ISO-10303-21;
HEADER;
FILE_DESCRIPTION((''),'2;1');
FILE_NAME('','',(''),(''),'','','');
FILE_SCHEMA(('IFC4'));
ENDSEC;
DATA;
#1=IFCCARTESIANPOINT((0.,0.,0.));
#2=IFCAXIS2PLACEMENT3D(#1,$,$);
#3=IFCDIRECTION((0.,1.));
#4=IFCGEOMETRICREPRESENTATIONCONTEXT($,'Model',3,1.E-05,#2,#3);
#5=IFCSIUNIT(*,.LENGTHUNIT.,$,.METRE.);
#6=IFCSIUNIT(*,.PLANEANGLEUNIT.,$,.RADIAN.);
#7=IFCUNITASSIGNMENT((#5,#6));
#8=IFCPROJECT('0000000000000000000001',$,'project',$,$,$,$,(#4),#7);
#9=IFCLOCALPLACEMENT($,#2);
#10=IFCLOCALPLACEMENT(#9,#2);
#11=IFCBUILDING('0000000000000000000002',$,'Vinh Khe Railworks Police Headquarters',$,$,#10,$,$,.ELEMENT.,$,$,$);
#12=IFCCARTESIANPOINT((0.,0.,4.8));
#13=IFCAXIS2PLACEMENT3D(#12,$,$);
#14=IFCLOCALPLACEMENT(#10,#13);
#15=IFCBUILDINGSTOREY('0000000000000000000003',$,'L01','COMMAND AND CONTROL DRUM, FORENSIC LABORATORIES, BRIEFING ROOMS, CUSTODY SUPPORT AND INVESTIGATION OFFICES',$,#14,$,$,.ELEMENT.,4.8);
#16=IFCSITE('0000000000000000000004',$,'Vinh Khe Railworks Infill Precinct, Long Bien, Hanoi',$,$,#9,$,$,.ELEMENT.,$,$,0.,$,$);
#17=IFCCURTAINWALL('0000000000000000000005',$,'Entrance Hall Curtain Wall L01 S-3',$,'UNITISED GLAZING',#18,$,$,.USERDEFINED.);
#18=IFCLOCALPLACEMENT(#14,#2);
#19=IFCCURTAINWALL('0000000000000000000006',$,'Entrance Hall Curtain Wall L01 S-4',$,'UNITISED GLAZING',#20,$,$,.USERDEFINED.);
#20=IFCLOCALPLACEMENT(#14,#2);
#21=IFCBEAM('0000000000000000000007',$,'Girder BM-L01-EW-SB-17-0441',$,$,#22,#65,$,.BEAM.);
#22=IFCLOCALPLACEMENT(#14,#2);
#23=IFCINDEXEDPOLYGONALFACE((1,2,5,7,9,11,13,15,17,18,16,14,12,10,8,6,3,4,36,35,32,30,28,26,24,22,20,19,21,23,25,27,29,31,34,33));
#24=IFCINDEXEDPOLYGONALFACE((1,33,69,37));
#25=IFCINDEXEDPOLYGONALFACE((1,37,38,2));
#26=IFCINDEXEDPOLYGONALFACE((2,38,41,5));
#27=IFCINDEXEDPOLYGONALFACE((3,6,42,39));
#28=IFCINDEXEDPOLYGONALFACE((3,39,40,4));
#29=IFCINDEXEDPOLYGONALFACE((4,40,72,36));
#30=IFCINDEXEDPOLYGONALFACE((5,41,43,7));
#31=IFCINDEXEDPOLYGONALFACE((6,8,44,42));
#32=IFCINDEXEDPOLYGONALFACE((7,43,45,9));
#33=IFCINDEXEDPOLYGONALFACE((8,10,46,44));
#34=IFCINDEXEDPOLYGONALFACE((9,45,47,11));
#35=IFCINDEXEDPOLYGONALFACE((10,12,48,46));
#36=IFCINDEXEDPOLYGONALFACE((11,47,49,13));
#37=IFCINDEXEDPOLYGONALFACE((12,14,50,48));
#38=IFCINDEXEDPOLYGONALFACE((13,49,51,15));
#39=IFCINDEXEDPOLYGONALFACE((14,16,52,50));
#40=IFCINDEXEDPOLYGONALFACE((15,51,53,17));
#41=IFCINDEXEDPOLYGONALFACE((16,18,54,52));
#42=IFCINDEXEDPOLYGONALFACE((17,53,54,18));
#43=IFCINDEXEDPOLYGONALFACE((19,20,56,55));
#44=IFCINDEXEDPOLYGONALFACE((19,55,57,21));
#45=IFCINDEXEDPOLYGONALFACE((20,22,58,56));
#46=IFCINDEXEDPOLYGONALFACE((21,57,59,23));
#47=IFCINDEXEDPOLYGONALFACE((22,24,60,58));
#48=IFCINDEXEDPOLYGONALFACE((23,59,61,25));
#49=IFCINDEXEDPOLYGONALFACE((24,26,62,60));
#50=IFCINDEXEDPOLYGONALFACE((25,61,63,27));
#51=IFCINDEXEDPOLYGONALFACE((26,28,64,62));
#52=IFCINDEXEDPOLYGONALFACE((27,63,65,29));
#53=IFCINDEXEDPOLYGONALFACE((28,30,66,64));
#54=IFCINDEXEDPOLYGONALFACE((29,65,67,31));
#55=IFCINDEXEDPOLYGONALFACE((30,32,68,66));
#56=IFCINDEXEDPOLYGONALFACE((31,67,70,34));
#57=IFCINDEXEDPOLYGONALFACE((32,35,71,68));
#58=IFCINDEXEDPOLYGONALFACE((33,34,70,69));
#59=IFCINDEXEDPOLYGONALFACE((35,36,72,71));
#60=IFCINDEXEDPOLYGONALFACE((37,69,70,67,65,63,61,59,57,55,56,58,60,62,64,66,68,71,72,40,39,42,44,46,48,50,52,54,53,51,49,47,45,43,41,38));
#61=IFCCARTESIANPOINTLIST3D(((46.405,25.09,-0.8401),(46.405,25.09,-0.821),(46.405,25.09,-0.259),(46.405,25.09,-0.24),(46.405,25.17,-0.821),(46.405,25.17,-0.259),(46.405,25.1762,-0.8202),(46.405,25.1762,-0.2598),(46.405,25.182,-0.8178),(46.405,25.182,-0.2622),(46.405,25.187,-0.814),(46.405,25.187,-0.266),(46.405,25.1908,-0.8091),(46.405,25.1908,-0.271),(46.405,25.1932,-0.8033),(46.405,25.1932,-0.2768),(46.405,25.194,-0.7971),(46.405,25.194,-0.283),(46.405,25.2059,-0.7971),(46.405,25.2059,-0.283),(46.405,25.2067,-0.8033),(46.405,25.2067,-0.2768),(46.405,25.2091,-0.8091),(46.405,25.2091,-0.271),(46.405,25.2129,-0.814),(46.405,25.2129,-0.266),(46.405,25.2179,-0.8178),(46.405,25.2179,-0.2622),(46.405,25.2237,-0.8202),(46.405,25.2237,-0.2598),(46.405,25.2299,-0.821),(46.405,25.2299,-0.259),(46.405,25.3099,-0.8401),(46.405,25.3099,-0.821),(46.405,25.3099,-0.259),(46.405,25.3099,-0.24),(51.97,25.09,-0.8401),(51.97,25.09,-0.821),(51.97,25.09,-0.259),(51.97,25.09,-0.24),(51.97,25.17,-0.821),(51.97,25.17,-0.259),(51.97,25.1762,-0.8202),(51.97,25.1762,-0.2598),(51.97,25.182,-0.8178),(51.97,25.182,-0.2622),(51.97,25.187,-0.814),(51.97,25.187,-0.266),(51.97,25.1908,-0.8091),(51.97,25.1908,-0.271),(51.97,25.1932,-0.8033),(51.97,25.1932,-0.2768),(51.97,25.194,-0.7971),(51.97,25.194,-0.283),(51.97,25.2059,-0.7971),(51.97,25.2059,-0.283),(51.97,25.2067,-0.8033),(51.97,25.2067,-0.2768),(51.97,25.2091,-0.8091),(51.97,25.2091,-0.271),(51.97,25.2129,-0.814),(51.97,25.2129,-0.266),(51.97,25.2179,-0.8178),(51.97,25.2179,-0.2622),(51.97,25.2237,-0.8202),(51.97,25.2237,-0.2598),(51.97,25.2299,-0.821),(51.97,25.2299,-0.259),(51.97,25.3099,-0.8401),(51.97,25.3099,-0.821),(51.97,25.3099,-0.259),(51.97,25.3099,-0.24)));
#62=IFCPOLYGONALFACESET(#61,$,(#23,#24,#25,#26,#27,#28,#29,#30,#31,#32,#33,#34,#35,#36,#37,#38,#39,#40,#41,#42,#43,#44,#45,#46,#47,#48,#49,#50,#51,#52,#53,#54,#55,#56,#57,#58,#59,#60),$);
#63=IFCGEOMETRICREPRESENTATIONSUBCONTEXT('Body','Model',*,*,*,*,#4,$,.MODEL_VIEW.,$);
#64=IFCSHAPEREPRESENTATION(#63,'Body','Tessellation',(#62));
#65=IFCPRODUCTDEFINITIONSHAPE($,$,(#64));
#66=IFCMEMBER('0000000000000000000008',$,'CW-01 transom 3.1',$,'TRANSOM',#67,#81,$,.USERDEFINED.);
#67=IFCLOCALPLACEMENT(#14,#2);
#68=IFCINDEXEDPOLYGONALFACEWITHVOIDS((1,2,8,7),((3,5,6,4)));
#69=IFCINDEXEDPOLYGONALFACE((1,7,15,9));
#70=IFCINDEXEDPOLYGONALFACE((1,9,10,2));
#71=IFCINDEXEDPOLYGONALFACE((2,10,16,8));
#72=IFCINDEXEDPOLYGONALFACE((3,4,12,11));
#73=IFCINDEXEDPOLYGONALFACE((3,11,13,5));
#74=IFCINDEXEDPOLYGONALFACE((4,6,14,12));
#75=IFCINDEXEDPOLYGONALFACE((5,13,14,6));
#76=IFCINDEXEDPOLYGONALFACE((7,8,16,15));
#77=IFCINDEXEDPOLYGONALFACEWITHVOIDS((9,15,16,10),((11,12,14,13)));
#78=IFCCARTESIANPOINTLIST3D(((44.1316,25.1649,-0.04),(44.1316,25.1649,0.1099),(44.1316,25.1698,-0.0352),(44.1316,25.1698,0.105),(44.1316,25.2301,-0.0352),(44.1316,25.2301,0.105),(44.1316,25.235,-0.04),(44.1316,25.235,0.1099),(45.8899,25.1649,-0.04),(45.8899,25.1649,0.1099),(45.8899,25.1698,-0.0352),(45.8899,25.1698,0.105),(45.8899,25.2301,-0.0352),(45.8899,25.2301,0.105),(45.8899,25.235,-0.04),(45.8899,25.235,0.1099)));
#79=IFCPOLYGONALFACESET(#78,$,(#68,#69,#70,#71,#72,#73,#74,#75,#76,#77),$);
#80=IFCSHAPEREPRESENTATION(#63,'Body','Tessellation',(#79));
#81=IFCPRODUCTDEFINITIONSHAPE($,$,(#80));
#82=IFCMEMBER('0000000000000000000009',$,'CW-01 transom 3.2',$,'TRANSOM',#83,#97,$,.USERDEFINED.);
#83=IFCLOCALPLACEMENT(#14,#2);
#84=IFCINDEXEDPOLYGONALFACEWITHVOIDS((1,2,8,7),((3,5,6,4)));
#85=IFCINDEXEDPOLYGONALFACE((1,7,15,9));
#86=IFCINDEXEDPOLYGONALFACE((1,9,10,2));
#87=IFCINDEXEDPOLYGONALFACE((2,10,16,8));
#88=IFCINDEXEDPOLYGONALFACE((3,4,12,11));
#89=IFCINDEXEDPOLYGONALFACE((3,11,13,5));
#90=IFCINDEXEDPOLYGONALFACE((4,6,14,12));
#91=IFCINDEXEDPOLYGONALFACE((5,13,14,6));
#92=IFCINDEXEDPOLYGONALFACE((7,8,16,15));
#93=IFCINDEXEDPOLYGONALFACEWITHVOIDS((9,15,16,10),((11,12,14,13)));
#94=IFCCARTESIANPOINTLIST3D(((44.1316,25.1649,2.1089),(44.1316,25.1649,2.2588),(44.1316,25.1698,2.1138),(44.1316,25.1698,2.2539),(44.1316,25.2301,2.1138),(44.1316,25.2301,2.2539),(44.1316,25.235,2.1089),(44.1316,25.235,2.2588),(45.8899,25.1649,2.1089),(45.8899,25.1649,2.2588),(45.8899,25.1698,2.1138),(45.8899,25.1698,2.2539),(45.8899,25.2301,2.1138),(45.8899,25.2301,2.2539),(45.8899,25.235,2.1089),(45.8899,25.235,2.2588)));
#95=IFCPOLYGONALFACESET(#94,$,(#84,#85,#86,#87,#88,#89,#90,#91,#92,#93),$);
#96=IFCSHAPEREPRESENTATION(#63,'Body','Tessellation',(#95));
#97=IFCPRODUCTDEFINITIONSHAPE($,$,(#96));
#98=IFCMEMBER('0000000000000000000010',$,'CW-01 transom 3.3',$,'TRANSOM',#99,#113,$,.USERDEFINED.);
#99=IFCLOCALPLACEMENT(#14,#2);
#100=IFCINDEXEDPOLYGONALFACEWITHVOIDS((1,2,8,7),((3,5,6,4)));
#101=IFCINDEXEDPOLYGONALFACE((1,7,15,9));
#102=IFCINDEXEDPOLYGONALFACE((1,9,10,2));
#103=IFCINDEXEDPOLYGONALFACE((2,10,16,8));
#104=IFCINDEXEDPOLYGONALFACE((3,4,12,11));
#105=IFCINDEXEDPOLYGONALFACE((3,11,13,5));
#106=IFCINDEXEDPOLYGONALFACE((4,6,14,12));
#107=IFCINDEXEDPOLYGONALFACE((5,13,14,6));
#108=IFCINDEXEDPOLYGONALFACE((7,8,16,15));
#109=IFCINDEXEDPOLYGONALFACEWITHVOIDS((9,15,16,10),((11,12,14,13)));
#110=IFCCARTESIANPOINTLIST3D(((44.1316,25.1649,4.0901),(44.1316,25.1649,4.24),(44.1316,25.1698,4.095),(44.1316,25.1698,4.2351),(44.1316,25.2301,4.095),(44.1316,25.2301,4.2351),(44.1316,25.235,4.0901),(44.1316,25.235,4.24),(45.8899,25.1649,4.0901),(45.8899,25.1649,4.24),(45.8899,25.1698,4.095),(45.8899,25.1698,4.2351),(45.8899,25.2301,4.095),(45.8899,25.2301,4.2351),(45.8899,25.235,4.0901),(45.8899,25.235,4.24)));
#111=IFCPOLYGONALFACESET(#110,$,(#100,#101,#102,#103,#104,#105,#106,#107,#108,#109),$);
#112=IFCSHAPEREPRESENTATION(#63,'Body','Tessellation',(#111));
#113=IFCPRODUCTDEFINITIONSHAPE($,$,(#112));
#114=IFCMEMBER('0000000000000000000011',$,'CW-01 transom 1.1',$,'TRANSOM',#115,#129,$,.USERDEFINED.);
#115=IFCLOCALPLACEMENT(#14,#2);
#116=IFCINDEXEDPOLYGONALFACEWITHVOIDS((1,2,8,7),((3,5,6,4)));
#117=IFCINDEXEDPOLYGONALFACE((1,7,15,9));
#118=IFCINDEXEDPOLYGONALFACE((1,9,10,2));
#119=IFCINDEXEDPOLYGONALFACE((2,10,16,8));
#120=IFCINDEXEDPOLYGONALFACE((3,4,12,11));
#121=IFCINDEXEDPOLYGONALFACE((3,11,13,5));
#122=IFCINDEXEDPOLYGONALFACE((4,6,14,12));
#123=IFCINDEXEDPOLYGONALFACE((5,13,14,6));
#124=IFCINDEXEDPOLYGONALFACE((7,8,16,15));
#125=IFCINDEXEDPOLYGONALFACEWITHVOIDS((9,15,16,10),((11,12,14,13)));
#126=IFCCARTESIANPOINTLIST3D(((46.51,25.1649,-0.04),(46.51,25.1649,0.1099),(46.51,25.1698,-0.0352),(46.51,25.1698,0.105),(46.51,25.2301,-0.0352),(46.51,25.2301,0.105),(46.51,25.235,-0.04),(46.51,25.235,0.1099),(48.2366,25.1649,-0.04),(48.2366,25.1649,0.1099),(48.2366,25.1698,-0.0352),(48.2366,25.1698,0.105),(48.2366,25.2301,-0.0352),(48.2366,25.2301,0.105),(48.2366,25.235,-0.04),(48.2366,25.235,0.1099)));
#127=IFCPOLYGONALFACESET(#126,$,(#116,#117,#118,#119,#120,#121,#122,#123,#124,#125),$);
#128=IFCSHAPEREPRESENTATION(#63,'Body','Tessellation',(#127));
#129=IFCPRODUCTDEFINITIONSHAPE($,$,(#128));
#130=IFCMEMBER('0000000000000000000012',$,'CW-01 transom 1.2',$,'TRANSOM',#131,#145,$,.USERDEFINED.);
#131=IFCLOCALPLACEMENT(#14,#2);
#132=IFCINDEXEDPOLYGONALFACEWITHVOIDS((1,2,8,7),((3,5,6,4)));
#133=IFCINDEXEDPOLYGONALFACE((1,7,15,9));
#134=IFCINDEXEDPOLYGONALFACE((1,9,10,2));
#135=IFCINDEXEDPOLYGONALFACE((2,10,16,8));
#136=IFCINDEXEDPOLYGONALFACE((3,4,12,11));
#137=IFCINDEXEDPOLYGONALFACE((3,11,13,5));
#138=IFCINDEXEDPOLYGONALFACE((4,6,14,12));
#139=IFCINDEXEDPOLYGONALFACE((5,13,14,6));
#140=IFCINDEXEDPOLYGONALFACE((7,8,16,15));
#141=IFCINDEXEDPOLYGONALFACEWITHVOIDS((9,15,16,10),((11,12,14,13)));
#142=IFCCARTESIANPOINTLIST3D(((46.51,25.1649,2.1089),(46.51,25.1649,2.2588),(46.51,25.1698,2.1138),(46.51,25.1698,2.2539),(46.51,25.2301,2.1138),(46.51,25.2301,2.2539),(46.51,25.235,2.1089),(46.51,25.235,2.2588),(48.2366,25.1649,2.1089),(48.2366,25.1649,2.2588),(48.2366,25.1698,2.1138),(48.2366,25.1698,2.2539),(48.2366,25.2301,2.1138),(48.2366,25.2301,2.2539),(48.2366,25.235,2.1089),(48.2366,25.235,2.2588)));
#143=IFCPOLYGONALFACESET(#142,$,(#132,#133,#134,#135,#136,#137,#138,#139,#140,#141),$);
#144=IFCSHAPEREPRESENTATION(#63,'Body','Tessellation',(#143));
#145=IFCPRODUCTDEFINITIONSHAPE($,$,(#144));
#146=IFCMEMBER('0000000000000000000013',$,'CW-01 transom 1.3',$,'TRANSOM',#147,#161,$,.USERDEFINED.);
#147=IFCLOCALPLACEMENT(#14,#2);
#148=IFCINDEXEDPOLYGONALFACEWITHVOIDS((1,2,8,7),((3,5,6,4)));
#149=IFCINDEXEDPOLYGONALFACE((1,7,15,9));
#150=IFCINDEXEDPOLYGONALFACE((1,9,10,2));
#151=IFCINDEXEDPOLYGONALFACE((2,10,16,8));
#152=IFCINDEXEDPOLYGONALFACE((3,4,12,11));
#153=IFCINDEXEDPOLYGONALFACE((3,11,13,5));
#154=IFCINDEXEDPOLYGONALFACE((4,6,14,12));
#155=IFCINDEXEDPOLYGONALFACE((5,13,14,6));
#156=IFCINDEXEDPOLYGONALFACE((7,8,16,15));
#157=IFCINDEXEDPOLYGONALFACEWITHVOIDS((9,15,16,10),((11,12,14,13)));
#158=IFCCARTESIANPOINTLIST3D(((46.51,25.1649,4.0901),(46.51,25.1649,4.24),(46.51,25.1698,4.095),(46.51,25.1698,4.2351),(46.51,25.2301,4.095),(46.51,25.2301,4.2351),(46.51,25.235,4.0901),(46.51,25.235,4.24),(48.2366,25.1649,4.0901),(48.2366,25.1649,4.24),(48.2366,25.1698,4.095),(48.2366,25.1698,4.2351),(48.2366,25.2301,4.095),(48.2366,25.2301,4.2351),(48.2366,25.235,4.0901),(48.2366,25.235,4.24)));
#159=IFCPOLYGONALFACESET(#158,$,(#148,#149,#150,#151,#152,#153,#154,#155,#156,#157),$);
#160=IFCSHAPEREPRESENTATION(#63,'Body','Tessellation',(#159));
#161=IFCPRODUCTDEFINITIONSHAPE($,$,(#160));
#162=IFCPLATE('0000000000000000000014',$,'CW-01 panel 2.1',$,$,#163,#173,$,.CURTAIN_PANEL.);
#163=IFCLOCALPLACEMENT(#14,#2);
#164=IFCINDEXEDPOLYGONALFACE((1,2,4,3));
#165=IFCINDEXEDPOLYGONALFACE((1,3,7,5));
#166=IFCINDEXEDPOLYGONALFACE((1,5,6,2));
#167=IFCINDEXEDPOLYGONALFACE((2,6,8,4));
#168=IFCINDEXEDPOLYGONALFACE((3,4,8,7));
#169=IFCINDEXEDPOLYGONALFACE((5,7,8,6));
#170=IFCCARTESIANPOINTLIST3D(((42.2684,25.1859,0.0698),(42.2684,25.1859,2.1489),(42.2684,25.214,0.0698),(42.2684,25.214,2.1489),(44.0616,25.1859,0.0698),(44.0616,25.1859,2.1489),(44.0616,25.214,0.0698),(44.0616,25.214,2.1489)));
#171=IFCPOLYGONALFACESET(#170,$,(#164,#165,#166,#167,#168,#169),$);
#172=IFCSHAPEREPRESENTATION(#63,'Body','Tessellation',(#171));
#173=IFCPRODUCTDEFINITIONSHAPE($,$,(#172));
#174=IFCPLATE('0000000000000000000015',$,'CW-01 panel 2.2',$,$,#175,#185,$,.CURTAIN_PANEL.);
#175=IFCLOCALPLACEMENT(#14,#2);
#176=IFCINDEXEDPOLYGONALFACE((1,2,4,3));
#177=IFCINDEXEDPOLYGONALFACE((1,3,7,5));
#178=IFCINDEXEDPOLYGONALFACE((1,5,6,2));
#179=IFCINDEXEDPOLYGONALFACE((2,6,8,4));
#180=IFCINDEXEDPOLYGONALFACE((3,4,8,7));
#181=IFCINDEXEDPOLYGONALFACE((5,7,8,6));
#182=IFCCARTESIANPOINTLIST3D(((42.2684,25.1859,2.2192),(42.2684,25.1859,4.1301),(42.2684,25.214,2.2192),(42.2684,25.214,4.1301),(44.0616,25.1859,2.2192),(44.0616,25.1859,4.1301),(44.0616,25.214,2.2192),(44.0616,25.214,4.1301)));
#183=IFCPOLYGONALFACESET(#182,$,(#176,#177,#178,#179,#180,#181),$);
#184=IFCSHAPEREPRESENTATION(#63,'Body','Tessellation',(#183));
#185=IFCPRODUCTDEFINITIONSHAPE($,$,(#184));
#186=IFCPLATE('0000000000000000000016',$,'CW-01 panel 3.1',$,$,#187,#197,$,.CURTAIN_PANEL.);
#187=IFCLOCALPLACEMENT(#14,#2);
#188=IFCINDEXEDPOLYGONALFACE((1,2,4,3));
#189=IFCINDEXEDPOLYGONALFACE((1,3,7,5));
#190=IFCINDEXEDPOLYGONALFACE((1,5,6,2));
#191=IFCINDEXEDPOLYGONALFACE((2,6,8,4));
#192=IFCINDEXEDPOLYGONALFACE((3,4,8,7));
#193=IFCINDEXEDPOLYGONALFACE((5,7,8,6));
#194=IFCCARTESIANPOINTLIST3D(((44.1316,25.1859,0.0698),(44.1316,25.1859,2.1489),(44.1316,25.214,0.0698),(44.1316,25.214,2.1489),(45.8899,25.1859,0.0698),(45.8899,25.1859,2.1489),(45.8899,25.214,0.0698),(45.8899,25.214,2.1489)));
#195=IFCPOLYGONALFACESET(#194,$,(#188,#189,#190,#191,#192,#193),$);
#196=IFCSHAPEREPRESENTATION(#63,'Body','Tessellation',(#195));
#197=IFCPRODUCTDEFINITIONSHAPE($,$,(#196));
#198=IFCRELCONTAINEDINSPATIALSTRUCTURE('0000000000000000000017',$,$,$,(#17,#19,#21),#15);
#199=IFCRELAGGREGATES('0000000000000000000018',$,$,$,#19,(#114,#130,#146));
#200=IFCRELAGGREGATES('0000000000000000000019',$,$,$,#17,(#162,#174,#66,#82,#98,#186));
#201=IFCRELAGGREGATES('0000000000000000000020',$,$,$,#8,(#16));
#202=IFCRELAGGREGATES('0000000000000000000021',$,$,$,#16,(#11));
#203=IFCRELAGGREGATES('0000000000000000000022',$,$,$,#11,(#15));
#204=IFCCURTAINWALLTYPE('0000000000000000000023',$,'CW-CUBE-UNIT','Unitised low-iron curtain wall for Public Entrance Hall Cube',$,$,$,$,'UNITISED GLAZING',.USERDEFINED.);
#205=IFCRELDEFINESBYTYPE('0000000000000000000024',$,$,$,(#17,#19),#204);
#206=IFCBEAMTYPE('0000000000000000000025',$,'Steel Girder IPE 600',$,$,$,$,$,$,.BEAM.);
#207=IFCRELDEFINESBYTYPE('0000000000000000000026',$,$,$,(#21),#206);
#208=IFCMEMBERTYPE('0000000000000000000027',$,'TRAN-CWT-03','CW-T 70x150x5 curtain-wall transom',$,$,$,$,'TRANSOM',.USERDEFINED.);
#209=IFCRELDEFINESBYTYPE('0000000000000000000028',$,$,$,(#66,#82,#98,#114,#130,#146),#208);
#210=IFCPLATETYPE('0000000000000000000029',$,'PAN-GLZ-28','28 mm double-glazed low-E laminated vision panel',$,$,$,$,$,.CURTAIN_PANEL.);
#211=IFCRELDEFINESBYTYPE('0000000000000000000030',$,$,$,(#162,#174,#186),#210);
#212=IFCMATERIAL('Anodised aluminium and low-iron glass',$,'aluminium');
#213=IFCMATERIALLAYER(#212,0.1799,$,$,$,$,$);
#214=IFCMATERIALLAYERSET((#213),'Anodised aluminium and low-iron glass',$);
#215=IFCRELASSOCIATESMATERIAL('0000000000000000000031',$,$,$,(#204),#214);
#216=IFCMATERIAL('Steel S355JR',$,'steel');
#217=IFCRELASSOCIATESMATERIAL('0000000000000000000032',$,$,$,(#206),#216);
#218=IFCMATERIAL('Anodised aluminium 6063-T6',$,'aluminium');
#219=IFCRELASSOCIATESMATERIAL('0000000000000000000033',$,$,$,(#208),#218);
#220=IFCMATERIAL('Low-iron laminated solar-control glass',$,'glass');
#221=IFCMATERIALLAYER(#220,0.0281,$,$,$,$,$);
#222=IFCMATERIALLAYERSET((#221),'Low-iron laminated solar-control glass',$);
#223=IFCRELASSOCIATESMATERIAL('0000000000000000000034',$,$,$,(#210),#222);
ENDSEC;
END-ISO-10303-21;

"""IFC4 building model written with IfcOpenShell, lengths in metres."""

from ifc_helpers import new_model, si_unit, direction, frame, origin, origin_2d, place, context, subcontext, project, spatial, rectangle, hollow_rectangle, i_section, extrude, material, layer, layer_set, material_profile, profile_set, type_object, element, aggregate, save


model = new_model("IFC4")

# Units and contexts
model_context = context("Model", 3, precision=1e-05, world=origin(), true_north=direction((0.0, 1.0)))
body_context = subcontext(model_context, "Body", "Model", "MODEL_VIEW")
ifc_project = project(units=[si_unit("LENGTHUNIT", "METRE"), si_unit("PLANEANGLEUNIT", "RADIAN")], contexts=[model_context])

# Site, building, storey
site_placement = place(None, origin())
site = spatial("IfcSite", under=ifc_project, at=site_placement, Name="Vinh Khe Railworks Infill Precinct, Long Bien, Hanoi", CompositionType="ELEMENT", RefElevation=0.0)
building_placement = place(site_placement, origin())
building = spatial("IfcBuilding", under=site, at=building_placement, Name="Vinh Khe Railworks Police Headquarters", CompositionType="ELEMENT")
storey_placement = place(building_placement, frame((0.0, 0.0, 4.8)))
storey = spatial("IfcBuildingStorey", under=building, at=storey_placement, Name="L01", Description="COMMAND AND CONTROL DRUM, FORENSIC LABORATORIES, BRIEFING ROOMS, CUSTODY SUPPORT AND INVESTIGATION OFFICES", CompositionType="ELEMENT", Elevation=4.8)

# Shared definitions
ifc_material_1 = material(Name="Steel S355JR", Category="steel")

# Curtain wall
ifc_material_2 = material(Name="Anodised aluminium and low-iron glass", Category="aluminium")
ifc_layer_1 = layer(ifc_material_2, 0.1799)
ifc_layer_set_1 = layer_set([ifc_layer_1], Name="Anodised aluminium and low-iron glass")
curtain_wall_type = type_object("IfcCurtainWallType", Name="CW-CUBE-UNIT", Description="Unitised low-iron curtain wall for Public Entrance Hall Cube", ElementType="UNITISED GLAZING", PredefinedType="USERDEFINED", material=ifc_layer_set_1)
curtain_wall_1_placement = place(storey_placement, origin())
curtain_wall_1 = element("IfcCurtainWall", 1, at=curtain_wall_1_placement, inside=storey, type_object=curtain_wall_type, Name="Entrance Hall Curtain Wall L01 S-3", ObjectType="UNITISED GLAZING", PredefinedType="USERDEFINED")
ifc_material_3 = material(Name="Anodised aluminium 6063-T6", Category="aluminium")

# Curtain wall
curtain_wall_2_placement = place(storey_placement, origin())
curtain_wall_2 = element("IfcCurtainWall", 2, at=curtain_wall_2_placement, inside=storey, type_object=curtain_wall_type, Name="Entrance Hall Curtain Wall L01 S-4", ObjectType="UNITISED GLAZING", PredefinedType="USERDEFINED")

# Beam
ifc_material_profile_1 = material_profile(ifc_material_1, i_section(OverallWidth=0.22, OverallDepth=0.6001, WebThickness=0.012, FlangeThickness=0.019, FilletRadius=0.0239, at=origin_2d()), Name="IPE 600")
ifc_profile_set_1 = profile_set([ifc_material_profile_1], Name="Steel S355JR")
beam_type = type_object("IfcBeamType", Name="Steel Girder IPE 600", PredefinedType="BEAM", material=ifc_profile_set_1)
beam_placement = place(storey_placement, frame((46.405, 25.2, -0.54), z_axis=(1.0, 0.0, 0.0), x_axis=(0.0, 1.0, 0.0)))
element("IfcBeam", 3, at=beam_placement, inside=storey, type_object=beam_type, Name="Girder BM-L01-EW-SB-17-0441", PredefinedType="BEAM", context=body_context, shape_type="SweptSolid", body=[
    extrude(i_section(OverallWidth=0.22, OverallDepth=0.6001, WebThickness=0.012, FlangeThickness=0.019, FilletRadius=0.0239, at=origin_2d()), origin(), (0.0, 0.0, 1.0), 5.5649),
])

# Members
ifc_material_profile_2 = material_profile(ifc_material_3, hollow_rectangle(XDim=0.0701, YDim=0.1499, WallThickness=0.0049, at=origin_2d()), Name="CW-T 70x150x5")
ifc_profile_set_2 = profile_set([ifc_material_profile_2], Name="Anodised aluminium 6063-T6")
member_type_1 = type_object("IfcMemberType", Name="TRAN-CWT-03", Description="CW-T 70x150x5 curtain-wall transom", ElementType="TRANSOM", PredefinedType="USERDEFINED", material=ifc_profile_set_2)
member_1_placement = place(storey_placement, frame((44.1316, 25.2, 0.0349), z_axis=(1.0, 0.0, 0.0), x_axis=(0.0, 1.0, 0.0)))
member_1 = element("IfcMember", 4, at=member_1_placement, type_object=member_type_1, Name="CW-01 transom 3.1", ObjectType="TRANSOM", PredefinedType="USERDEFINED", context=body_context, shape_type="SweptSolid", body=[
    extrude(hollow_rectangle(XDim=0.0701, YDim=0.1499, WallThickness=0.0049, at=origin_2d()), origin(), (0.0, 0.0, 1.0), 1.7583),
])
member_2_placement = place(storey_placement, frame((44.1316, 25.2, 2.1838), z_axis=(1.0, 0.0, 0.0), x_axis=(0.0, 1.0, 0.0)))
member_2 = element("IfcMember", 5, at=member_2_placement, type_object=member_type_1, Name="CW-01 transom 3.2", ObjectType="TRANSOM", PredefinedType="USERDEFINED", context=body_context, shape_type="SweptSolid", body=[
    extrude(hollow_rectangle(XDim=0.0701, YDim=0.1499, WallThickness=0.0049, at=origin_2d()), origin(), (0.0, 0.0, 1.0), 1.7583),
])
member_3_placement = place(storey_placement, frame((44.1316, 25.2, 4.165), z_axis=(1.0, 0.0, 0.0), x_axis=(0.0, 1.0, 0.0)))
member_3 = element("IfcMember", 6, at=member_3_placement, type_object=member_type_1, Name="CW-01 transom 3.3", ObjectType="TRANSOM", PredefinedType="USERDEFINED", context=body_context, shape_type="SweptSolid", body=[
    extrude(hollow_rectangle(XDim=0.0701, YDim=0.1499, WallThickness=0.0049, at=origin_2d()), origin(), (0.0, 0.0, 1.0), 1.7583),
])
member_4_placement = place(storey_placement, frame((46.51, 25.2, 0.0349), z_axis=(1.0, 0.0, 0.0), x_axis=(0.0, 1.0, 0.0)))
member_4 = element("IfcMember", 7, at=member_4_placement, type_object=member_type_1, Name="CW-01 transom 1.1", ObjectType="TRANSOM", PredefinedType="USERDEFINED", context=body_context, shape_type="SweptSolid", body=[
    extrude(hollow_rectangle(XDim=0.0701, YDim=0.1499, WallThickness=0.0049, at=origin_2d()), origin(), (0.0, 0.0, 1.0), 1.7266),
])
member_5_placement = place(storey_placement, frame((46.51, 25.2, 2.1838), z_axis=(1.0, 0.0, 0.0), x_axis=(0.0, 1.0, 0.0)))
member_5 = element("IfcMember", 8, at=member_5_placement, type_object=member_type_1, Name="CW-01 transom 1.2", ObjectType="TRANSOM", PredefinedType="USERDEFINED", context=body_context, shape_type="SweptSolid", body=[
    extrude(hollow_rectangle(XDim=0.0701, YDim=0.1499, WallThickness=0.0049, at=origin_2d()), origin(), (0.0, 0.0, 1.0), 1.7266),
])
member_6_placement = place(storey_placement, frame((46.51, 25.2, 4.165), z_axis=(1.0, 0.0, 0.0), x_axis=(0.0, 1.0, 0.0)))
member_6 = element("IfcMember", 9, at=member_6_placement, type_object=member_type_1, Name="CW-01 transom 1.3", ObjectType="TRANSOM", PredefinedType="USERDEFINED", context=body_context, shape_type="SweptSolid", body=[
    extrude(hollow_rectangle(XDim=0.0701, YDim=0.1499, WallThickness=0.0049, at=origin_2d()), origin(), (0.0, 0.0, 1.0), 1.7266),
])
aggregate(curtain_wall_2, [member_4, member_5, member_6])

# Plates
ifc_material_4 = material(Name="Low-iron laminated solar-control glass", Category="glass")
ifc_layer_2 = layer(ifc_material_4, 0.0281)
ifc_layer_set_2 = layer_set([ifc_layer_2], Name="Low-iron laminated solar-control glass")
plate_type = type_object("IfcPlateType", Name="PAN-GLZ-28", Description="28 mm double-glazed low-E laminated vision panel", PredefinedType="CURTAIN_PANEL", material=ifc_layer_set_2)
plate_1_placement = place(storey_placement, frame((43.165, 25.2, 0.0698), z_axis=(0.0, 0.0, 1.0), x_axis=(1.0, 0.0, 0.0)))
plate_1 = element("IfcPlate", 10, at=plate_1_placement, type_object=plate_type, Name="CW-01 panel 2.1", PredefinedType="CURTAIN_PANEL", context=body_context, shape_type="SweptSolid", body=[
    extrude(rectangle(XDim=1.7932, YDim=0.0281, at=origin_2d()), origin(), (0.0, 0.0, 1.0), 2.0791),
])
plate_2_placement = place(storey_placement, frame((43.165, 25.2, 2.2192), z_axis=(0.0, 0.0, 1.0), x_axis=(1.0, 0.0, 0.0)))
plate_2 = element("IfcPlate", 11, at=plate_2_placement, type_object=plate_type, Name="CW-01 panel 2.2", PredefinedType="CURTAIN_PANEL", context=body_context, shape_type="SweptSolid", body=[
    extrude(rectangle(XDim=1.7932, YDim=0.0281, at=origin_2d()), origin(), (0.0, 0.0, 1.0), 1.9109),
])
plate_3_placement = place(storey_placement, frame((45.0107, 25.2, 0.0698), z_axis=(0.0, 0.0, 1.0), x_axis=(1.0, 0.0, 0.0)))
plate_3 = element("IfcPlate", 12, at=plate_3_placement, type_object=plate_type, Name="CW-01 panel 3.1", PredefinedType="CURTAIN_PANEL", context=body_context, shape_type="SweptSolid", body=[
    extrude(rectangle(XDim=1.7583, YDim=0.0281, at=origin_2d()), origin(), (0.0, 0.0, 1.0), 2.0791),
])
aggregate(curtain_wall_1, [plate_1, plate_2, member_1, member_2, member_3, plate_3])

save(model, "model.ifc")
